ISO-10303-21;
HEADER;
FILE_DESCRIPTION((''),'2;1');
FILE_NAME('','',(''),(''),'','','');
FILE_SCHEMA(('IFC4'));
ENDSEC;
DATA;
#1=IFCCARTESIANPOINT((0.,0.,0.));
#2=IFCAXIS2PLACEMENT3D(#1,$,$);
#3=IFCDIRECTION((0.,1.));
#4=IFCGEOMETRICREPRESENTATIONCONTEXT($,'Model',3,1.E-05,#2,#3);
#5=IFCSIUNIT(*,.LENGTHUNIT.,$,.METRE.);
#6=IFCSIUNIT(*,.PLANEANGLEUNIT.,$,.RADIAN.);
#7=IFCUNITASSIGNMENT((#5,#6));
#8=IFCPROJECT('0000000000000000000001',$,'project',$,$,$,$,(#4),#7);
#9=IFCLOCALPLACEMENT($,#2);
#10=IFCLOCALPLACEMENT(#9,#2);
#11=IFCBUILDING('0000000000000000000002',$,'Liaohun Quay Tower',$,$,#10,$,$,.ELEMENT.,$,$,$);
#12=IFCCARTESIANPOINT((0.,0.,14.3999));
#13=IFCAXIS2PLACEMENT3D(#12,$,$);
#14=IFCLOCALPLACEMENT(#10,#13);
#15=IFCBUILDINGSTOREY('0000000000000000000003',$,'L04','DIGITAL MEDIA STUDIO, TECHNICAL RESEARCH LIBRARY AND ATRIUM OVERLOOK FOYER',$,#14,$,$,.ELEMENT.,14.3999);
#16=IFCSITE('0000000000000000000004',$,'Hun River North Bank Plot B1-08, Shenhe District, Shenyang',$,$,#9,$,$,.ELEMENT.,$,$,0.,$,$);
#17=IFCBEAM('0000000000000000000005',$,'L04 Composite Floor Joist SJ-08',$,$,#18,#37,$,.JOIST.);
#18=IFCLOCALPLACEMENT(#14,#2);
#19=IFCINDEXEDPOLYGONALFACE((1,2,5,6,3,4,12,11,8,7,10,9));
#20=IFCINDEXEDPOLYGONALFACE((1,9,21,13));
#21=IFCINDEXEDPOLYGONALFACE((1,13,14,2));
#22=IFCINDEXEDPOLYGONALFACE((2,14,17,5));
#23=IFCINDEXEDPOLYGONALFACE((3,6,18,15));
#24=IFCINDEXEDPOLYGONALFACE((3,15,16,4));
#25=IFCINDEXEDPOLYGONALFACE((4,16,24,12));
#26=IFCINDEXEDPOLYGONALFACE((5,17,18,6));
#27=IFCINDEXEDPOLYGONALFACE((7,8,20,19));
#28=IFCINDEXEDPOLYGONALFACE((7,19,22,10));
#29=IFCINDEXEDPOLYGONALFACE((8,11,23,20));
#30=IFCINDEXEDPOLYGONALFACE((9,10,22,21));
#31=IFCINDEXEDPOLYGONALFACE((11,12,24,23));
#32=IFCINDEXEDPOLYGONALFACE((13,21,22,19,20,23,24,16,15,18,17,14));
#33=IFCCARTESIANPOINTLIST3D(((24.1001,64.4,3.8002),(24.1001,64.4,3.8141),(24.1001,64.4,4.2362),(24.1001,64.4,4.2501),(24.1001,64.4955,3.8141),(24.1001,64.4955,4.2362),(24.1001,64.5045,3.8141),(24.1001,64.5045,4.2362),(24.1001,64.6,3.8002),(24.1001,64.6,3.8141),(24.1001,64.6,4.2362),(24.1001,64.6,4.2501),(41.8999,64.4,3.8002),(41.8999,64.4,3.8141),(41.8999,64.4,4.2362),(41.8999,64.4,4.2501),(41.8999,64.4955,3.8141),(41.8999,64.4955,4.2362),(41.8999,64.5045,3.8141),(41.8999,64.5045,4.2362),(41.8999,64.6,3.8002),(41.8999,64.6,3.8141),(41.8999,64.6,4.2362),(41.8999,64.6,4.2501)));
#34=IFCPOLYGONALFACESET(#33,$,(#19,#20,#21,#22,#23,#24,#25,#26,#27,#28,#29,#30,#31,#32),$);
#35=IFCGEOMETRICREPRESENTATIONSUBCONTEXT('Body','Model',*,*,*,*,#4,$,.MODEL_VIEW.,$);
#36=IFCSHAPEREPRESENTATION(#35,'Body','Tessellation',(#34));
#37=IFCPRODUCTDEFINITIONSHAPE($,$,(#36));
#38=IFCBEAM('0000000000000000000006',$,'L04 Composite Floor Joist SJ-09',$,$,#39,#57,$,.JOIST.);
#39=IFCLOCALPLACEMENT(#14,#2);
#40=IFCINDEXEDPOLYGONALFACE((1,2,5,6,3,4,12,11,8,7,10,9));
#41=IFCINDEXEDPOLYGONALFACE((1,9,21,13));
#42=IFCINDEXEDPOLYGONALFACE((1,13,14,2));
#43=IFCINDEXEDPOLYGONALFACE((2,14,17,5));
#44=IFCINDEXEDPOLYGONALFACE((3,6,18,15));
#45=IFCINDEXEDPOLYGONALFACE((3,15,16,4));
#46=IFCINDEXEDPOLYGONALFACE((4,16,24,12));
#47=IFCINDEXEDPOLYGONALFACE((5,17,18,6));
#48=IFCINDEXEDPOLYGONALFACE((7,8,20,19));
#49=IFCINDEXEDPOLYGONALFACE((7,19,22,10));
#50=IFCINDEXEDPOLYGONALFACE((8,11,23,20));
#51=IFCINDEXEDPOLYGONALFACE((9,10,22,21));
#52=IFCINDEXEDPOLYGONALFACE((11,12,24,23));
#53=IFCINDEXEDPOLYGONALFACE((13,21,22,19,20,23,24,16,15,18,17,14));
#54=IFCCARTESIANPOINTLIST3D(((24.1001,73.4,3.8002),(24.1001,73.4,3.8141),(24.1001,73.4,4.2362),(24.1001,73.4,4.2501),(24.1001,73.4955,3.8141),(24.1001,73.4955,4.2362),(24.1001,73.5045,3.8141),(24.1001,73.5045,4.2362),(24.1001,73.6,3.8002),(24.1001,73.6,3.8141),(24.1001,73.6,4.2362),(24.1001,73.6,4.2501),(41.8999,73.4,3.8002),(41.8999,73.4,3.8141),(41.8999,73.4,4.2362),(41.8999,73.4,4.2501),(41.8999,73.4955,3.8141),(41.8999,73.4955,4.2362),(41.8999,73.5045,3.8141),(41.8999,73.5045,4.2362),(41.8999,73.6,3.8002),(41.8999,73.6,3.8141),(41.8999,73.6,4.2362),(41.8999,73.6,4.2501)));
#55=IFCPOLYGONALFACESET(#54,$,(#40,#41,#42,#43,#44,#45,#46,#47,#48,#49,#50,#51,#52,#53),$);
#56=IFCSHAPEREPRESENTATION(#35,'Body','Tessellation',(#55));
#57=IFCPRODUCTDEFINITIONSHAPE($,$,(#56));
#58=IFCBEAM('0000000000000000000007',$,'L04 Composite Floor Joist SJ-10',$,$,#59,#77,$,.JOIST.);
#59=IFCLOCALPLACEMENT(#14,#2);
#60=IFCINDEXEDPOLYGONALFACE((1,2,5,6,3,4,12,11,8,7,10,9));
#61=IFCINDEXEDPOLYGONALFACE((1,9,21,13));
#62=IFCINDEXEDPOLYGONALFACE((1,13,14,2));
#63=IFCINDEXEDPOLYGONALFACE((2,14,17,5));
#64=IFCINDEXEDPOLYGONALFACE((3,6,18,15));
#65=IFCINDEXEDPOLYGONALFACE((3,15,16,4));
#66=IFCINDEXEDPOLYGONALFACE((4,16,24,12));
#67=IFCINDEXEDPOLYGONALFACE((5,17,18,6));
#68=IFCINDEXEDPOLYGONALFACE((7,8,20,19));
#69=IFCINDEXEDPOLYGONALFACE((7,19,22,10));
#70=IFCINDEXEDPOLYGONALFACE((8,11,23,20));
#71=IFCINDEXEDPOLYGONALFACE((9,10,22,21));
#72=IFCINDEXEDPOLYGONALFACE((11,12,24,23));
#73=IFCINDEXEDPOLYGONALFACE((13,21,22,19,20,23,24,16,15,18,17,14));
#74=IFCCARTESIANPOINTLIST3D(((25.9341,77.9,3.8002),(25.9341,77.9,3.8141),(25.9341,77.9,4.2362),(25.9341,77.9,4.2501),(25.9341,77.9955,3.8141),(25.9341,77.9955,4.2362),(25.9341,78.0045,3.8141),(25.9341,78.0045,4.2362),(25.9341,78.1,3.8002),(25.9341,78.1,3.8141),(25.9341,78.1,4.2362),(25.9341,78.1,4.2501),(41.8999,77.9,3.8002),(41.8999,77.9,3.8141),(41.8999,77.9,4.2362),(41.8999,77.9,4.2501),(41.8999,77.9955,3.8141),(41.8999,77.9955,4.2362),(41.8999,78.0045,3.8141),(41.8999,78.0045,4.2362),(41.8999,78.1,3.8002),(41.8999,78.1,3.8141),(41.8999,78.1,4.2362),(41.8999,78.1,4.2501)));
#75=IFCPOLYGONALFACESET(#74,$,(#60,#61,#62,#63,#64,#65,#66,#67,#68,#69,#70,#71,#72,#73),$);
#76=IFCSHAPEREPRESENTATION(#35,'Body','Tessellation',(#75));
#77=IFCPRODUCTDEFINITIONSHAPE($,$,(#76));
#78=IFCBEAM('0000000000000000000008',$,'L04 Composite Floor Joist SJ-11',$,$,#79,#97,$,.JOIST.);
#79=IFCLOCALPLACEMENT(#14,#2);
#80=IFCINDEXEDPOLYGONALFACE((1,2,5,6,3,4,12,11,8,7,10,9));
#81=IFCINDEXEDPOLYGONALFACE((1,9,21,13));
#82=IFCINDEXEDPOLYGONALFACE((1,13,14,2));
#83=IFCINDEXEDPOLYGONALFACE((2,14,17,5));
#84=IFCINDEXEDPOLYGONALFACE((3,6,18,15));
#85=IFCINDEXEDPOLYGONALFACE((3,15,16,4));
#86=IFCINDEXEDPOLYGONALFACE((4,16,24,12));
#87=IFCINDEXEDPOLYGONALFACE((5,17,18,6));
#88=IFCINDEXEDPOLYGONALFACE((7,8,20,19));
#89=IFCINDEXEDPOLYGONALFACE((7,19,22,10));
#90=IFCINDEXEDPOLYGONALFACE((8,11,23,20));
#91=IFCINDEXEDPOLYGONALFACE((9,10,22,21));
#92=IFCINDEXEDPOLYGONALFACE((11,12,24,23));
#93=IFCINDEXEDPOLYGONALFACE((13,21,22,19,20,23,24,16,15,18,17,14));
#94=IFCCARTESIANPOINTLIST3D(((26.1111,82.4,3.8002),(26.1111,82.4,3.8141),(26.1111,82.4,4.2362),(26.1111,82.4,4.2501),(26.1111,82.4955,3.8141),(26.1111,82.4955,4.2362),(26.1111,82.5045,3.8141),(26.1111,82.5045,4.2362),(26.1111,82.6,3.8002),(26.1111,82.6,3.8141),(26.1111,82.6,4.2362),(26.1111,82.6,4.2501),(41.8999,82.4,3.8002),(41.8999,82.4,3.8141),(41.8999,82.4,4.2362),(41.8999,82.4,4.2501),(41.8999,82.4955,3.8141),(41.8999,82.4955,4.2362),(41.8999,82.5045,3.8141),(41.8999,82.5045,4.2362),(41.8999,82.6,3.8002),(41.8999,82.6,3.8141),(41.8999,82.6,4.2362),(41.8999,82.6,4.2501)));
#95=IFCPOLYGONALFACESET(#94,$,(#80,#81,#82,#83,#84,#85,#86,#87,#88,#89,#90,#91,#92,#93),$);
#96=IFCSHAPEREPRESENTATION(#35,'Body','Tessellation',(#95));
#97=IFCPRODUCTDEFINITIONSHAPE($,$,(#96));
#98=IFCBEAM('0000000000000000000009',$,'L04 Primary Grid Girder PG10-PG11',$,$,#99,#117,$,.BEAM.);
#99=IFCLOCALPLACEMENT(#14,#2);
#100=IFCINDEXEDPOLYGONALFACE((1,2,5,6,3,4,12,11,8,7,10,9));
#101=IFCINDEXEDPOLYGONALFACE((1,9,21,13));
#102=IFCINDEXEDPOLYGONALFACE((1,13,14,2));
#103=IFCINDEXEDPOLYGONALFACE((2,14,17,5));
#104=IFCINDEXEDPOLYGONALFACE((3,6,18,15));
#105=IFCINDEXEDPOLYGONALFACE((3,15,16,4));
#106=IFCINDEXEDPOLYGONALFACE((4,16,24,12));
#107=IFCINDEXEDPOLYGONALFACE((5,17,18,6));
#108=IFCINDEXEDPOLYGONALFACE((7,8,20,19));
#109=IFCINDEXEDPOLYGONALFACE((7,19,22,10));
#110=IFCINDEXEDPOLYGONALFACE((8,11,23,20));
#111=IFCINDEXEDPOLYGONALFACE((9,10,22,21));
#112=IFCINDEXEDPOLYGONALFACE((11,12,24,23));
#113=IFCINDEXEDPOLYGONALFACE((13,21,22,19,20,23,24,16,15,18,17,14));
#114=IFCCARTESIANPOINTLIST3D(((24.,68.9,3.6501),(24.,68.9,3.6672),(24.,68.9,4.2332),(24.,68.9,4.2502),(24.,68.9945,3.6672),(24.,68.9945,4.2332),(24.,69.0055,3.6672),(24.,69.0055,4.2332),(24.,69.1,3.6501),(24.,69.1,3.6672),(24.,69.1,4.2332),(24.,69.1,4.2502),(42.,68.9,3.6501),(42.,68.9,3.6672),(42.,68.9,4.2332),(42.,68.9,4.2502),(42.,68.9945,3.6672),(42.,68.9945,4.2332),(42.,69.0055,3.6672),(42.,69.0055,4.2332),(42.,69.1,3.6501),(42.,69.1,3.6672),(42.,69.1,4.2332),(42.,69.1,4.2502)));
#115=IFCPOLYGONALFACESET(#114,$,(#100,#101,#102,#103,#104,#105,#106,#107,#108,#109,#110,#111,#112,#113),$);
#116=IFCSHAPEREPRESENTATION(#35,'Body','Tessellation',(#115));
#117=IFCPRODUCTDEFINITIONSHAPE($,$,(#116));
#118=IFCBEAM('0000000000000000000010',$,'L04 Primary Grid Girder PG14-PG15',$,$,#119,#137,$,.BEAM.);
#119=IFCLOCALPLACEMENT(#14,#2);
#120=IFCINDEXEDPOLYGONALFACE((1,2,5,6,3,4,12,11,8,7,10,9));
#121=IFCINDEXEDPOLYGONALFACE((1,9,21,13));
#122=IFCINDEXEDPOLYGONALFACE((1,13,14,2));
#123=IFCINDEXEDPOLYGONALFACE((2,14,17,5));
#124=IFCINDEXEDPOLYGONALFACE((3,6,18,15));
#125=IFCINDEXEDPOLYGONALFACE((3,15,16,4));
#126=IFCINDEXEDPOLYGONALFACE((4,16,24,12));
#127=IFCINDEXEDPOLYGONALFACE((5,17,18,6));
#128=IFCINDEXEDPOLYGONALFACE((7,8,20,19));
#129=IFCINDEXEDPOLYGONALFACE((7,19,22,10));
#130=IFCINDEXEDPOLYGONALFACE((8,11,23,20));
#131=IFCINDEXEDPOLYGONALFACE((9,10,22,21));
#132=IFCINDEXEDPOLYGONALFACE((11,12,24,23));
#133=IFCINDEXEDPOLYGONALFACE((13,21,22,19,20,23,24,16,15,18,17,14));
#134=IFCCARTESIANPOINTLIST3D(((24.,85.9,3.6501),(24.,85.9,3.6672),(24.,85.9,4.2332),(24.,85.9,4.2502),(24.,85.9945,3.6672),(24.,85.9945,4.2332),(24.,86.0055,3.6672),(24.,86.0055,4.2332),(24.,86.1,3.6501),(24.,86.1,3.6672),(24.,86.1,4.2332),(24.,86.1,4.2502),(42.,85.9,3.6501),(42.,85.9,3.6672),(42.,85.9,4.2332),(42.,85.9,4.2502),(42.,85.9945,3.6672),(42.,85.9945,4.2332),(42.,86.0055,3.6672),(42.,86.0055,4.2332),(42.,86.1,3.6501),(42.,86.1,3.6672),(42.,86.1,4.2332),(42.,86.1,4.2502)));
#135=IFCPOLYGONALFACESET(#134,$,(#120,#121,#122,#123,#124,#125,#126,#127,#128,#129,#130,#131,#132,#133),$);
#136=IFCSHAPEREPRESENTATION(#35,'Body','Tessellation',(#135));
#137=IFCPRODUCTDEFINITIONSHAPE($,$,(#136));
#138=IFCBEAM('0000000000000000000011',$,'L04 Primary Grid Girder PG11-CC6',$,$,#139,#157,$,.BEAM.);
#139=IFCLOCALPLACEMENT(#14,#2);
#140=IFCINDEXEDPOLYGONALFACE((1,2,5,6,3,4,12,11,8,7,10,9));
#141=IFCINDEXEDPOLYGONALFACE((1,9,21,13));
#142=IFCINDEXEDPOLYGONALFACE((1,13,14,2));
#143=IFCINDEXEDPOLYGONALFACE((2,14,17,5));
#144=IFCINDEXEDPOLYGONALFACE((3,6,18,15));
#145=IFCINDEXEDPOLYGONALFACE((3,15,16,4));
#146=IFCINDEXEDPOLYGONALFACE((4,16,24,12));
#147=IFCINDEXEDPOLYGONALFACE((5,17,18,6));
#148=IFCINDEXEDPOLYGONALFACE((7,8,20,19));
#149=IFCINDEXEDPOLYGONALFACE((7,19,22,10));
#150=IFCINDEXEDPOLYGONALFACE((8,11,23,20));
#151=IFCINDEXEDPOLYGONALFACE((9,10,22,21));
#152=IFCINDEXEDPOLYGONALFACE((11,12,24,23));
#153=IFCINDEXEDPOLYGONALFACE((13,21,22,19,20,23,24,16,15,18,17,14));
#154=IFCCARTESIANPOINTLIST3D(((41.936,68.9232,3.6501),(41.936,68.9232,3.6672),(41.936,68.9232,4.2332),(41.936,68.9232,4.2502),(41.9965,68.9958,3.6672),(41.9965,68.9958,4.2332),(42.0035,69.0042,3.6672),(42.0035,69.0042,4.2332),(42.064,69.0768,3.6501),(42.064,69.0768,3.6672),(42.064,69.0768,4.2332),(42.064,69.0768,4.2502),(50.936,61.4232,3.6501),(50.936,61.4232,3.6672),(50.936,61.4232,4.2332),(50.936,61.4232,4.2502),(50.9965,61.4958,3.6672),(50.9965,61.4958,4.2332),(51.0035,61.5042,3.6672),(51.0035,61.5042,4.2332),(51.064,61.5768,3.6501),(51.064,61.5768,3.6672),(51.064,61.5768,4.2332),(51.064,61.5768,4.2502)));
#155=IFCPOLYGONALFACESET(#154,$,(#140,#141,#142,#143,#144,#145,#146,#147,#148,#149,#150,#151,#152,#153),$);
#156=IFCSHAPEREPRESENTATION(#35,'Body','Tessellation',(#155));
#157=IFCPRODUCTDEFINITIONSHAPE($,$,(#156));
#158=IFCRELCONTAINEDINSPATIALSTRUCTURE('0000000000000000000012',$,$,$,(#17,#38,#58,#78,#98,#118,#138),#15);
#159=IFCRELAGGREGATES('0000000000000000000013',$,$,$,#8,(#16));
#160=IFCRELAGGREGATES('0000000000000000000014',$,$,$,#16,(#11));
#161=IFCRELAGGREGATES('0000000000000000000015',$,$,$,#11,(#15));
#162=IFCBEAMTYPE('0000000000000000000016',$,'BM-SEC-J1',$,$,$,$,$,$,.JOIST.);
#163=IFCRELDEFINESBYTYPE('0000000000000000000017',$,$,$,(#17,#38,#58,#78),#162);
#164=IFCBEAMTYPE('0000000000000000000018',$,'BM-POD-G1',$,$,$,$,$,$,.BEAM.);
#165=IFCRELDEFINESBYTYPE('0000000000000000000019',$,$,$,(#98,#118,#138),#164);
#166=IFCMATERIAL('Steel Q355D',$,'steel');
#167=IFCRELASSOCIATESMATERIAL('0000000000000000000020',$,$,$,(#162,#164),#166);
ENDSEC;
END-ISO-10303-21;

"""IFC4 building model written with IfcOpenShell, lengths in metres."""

from ifc_helpers import new_model, si_unit, direction, frame, origin, origin_2d, place, context, subcontext, project, spatial, i_section, extrude, source, transform, mapped, material, material_profile, profile_set, type_object, element, save


model = new_model("IFC4")

# Units and contexts
model_context = context("Model", 3, precision=1e-05, world=origin(), true_north=direction((0.0, 1.0)))
body_context = subcontext(model_context, "Body", "Model", "MODEL_VIEW")
ifc_project = project(units=[si_unit("LENGTHUNIT", "METRE"), si_unit("PLANEANGLEUNIT", "RADIAN")], contexts=[model_context])

# Site, building, storey
site_placement = place(None, origin())
site = spatial("IfcSite", under=ifc_project, at=site_placement, Name="Hun River North Bank Plot B1-08, Shenhe District, Shenyang", CompositionType="ELEMENT", RefElevation=0.0)
building_placement = place(site_placement, origin())
building = spatial("IfcBuilding", under=site, at=building_placement, Name="Liaohun Quay Tower", CompositionType="ELEMENT")
storey_placement = place(building_placement, frame((0.0, 0.0, 14.3999)))
storey = spatial("IfcBuildingStorey", under=building, at=storey_placement, Name="L04", Description="DIGITAL MEDIA STUDIO, TECHNICAL RESEARCH LIBRARY AND ATRIUM OVERLOOK FOYER", CompositionType="ELEMENT", Elevation=14.3999)

# Beams
ifc_material_1 = material(Name="Steel Q355D", Category="steel")
ifc_material_profile_1 = material_profile(ifc_material_1, i_section(OverallWidth=0.2, OverallDepth=0.45, WebThickness=0.009, FlangeThickness=0.0139, at=origin_2d()), Name="HN450x200x9x14")
ifc_profile_set_1 = profile_set([ifc_material_profile_1], Name="Steel Q355D")
beam_type_1 = type_object("IfcBeamType", Name="BM-SEC-J1", PredefinedType="JOIST", material=ifc_profile_set_1)
shared_shape_1 = source(origin(), body_context, "Body", "SweptSolid", [
    extrude(i_section(OverallWidth=0.2, OverallDepth=0.45, WebThickness=0.009, FlangeThickness=0.0139, at=origin_2d()), origin(), (0.0, 0.0, 1.0), 17.7998),
])
for number, where, z_axis, x_axis, name in (
    (1, (24.1001, 64.5, 4.0251), (1.0, 0.0, 0.0), (0.0, 1.0, 0.0), "L04 Composite Floor Joist SJ-08"),
    (2, (24.1001, 73.5, 4.0251), (1.0, 0.0, 0.0), (0.0, 1.0, 0.0), "L04 Composite Floor Joist SJ-09"),
):
    element("IfcBeam", number, at=place(storey_placement, frame(where, z_axis=z_axis, x_axis=x_axis)), inside=storey, type_object=beam_type_1, Name=name, PredefinedType="JOIST", context=body_context, shape_type="MappedRepresentation", body=[
        mapped(shared_shape_1, transform((0.0, 0.0, 0.0), x_axis=(1.0, 0.0, 0.0), y_axis=(0.0, 1.0, 0.0), z_axis=(0.0, 0.0, 1.0), scale=1.0)),
    ])
shared_shape_2 = source(origin(), body_context, "Body", "SweptSolid", [
    extrude(i_section(OverallWidth=0.2, OverallDepth=0.45, WebThickness=0.009, FlangeThickness=0.0139, at=origin_2d()), origin(), (0.0, 0.0, 1.0), 15.9658),
])
beam_1_placement = place(storey_placement, frame((25.9341, 78.0, 4.0251), z_axis=(1.0, 0.0, 0.0), x_axis=(0.0, 1.0, 0.0)))
element("IfcBeam", 3, at=beam_1_placement, inside=storey, type_object=beam_type_1, Name="L04 Composite Floor Joist SJ-10", PredefinedType="JOIST", context=body_context, shape_type="MappedRepresentation", body=[
    mapped(shared_shape_2, transform((0.0, 0.0, 0.0), x_axis=(1.0, 0.0, 0.0), y_axis=(0.0, 1.0, 0.0), z_axis=(0.0, 0.0, 1.0), scale=1.0)),
])
shared_shape_3 = source(origin(), body_context, "Body", "SweptSolid", [
    extrude(i_section(OverallWidth=0.2, OverallDepth=0.45, WebThickness=0.009, FlangeThickness=0.0139, at=origin_2d()), origin(), (0.0, 0.0, 1.0), 15.7888),
])
beam_2_placement = place(storey_placement, frame((26.1111, 82.5, 4.0251), z_axis=(1.0, 0.0, 0.0), x_axis=(0.0, 1.0, 0.0)))
element("IfcBeam", 4, at=beam_2_placement, inside=storey, type_object=beam_type_1, Name="L04 Composite Floor Joist SJ-11", PredefinedType="JOIST", context=body_context, shape_type="MappedRepresentation", body=[
    mapped(shared_shape_3, transform((0.0, 0.0, 0.0), x_axis=(1.0, 0.0, 0.0), y_axis=(0.0, 1.0, 0.0), z_axis=(0.0, 0.0, 1.0), scale=1.0)),
])
ifc_material_profile_2 = material_profile(ifc_material_1, i_section(OverallWidth=0.2, OverallDepth=0.6001, WebThickness=0.011, FlangeThickness=0.0171, at=origin_2d()), Name="HN600x200x11x17")
ifc_profile_set_2 = profile_set([ifc_material_profile_2], Name="Steel Q355D")
beam_type_2 = type_object("IfcBeamType", Name="BM-POD-G1", PredefinedType="BEAM", material=ifc_profile_set_2)
shared_shape_4 = source(origin(), body_context, "Body", "SweptSolid", [
    extrude(i_section(OverallWidth=0.2, OverallDepth=0.6001, WebThickness=0.011, FlangeThickness=0.0171, at=origin_2d()), origin(), (0.0, 0.0, 1.0), 18.0),
])
for number, where, z_axis, x_axis, name in (
    (5, (24.0, 69.0, 3.9502), (1.0, 0.0, 0.0), (0.0, 1.0, 0.0), "L04 Primary Grid Girder PG10-PG11"),
    (6, (24.0, 86.0, 3.9502), (1.0, 0.0, 0.0), (0.0, 1.0, 0.0), "L04 Primary Grid Girder PG14-PG15"),
):
    element("IfcBeam", number, at=place(storey_placement, frame(where, z_axis=z_axis, x_axis=x_axis)), inside=storey, type_object=beam_type_2, Name=name, PredefinedType="BEAM", context=body_context, shape_type="MappedRepresentation", body=[
        mapped(shared_shape_4, transform((0.0, 0.0, 0.0), x_axis=(1.0, 0.0, 0.0), y_axis=(0.0, 1.0, 0.0), z_axis=(0.0, 0.0, 1.0), scale=1.0)),
    ])
shared_shape_5 = source(origin(), body_context, "Body", "SweptSolid", [
    extrude(i_section(OverallWidth=0.2, OverallDepth=0.6001, WebThickness=0.011, FlangeThickness=0.0171, at=origin_2d()), origin(), (0.0, 0.0, 1.0), 11.7153),
])
beam_3_placement = place(storey_placement, frame((42.0, 69.0, 3.9502), z_axis=(0.768221, -0.640184, 0.0), x_axis=(0.640184, 0.768221, 0.0)))
element("IfcBeam", 7, at=beam_3_placement, inside=storey, type_object=beam_type_2, Name="L04 Primary Grid Girder PG11-CC6", PredefinedType="BEAM", context=body_context, shape_type="MappedRepresentation", body=[
    mapped(shared_shape_5, transform((0.0, 0.0, 0.0), x_axis=(1.0, 0.0, 0.0), y_axis=(0.0, 1.0, 0.0), z_axis=(0.0, 0.0, 1.0), scale=1.0)),
])

save(model, "model.ifc")
